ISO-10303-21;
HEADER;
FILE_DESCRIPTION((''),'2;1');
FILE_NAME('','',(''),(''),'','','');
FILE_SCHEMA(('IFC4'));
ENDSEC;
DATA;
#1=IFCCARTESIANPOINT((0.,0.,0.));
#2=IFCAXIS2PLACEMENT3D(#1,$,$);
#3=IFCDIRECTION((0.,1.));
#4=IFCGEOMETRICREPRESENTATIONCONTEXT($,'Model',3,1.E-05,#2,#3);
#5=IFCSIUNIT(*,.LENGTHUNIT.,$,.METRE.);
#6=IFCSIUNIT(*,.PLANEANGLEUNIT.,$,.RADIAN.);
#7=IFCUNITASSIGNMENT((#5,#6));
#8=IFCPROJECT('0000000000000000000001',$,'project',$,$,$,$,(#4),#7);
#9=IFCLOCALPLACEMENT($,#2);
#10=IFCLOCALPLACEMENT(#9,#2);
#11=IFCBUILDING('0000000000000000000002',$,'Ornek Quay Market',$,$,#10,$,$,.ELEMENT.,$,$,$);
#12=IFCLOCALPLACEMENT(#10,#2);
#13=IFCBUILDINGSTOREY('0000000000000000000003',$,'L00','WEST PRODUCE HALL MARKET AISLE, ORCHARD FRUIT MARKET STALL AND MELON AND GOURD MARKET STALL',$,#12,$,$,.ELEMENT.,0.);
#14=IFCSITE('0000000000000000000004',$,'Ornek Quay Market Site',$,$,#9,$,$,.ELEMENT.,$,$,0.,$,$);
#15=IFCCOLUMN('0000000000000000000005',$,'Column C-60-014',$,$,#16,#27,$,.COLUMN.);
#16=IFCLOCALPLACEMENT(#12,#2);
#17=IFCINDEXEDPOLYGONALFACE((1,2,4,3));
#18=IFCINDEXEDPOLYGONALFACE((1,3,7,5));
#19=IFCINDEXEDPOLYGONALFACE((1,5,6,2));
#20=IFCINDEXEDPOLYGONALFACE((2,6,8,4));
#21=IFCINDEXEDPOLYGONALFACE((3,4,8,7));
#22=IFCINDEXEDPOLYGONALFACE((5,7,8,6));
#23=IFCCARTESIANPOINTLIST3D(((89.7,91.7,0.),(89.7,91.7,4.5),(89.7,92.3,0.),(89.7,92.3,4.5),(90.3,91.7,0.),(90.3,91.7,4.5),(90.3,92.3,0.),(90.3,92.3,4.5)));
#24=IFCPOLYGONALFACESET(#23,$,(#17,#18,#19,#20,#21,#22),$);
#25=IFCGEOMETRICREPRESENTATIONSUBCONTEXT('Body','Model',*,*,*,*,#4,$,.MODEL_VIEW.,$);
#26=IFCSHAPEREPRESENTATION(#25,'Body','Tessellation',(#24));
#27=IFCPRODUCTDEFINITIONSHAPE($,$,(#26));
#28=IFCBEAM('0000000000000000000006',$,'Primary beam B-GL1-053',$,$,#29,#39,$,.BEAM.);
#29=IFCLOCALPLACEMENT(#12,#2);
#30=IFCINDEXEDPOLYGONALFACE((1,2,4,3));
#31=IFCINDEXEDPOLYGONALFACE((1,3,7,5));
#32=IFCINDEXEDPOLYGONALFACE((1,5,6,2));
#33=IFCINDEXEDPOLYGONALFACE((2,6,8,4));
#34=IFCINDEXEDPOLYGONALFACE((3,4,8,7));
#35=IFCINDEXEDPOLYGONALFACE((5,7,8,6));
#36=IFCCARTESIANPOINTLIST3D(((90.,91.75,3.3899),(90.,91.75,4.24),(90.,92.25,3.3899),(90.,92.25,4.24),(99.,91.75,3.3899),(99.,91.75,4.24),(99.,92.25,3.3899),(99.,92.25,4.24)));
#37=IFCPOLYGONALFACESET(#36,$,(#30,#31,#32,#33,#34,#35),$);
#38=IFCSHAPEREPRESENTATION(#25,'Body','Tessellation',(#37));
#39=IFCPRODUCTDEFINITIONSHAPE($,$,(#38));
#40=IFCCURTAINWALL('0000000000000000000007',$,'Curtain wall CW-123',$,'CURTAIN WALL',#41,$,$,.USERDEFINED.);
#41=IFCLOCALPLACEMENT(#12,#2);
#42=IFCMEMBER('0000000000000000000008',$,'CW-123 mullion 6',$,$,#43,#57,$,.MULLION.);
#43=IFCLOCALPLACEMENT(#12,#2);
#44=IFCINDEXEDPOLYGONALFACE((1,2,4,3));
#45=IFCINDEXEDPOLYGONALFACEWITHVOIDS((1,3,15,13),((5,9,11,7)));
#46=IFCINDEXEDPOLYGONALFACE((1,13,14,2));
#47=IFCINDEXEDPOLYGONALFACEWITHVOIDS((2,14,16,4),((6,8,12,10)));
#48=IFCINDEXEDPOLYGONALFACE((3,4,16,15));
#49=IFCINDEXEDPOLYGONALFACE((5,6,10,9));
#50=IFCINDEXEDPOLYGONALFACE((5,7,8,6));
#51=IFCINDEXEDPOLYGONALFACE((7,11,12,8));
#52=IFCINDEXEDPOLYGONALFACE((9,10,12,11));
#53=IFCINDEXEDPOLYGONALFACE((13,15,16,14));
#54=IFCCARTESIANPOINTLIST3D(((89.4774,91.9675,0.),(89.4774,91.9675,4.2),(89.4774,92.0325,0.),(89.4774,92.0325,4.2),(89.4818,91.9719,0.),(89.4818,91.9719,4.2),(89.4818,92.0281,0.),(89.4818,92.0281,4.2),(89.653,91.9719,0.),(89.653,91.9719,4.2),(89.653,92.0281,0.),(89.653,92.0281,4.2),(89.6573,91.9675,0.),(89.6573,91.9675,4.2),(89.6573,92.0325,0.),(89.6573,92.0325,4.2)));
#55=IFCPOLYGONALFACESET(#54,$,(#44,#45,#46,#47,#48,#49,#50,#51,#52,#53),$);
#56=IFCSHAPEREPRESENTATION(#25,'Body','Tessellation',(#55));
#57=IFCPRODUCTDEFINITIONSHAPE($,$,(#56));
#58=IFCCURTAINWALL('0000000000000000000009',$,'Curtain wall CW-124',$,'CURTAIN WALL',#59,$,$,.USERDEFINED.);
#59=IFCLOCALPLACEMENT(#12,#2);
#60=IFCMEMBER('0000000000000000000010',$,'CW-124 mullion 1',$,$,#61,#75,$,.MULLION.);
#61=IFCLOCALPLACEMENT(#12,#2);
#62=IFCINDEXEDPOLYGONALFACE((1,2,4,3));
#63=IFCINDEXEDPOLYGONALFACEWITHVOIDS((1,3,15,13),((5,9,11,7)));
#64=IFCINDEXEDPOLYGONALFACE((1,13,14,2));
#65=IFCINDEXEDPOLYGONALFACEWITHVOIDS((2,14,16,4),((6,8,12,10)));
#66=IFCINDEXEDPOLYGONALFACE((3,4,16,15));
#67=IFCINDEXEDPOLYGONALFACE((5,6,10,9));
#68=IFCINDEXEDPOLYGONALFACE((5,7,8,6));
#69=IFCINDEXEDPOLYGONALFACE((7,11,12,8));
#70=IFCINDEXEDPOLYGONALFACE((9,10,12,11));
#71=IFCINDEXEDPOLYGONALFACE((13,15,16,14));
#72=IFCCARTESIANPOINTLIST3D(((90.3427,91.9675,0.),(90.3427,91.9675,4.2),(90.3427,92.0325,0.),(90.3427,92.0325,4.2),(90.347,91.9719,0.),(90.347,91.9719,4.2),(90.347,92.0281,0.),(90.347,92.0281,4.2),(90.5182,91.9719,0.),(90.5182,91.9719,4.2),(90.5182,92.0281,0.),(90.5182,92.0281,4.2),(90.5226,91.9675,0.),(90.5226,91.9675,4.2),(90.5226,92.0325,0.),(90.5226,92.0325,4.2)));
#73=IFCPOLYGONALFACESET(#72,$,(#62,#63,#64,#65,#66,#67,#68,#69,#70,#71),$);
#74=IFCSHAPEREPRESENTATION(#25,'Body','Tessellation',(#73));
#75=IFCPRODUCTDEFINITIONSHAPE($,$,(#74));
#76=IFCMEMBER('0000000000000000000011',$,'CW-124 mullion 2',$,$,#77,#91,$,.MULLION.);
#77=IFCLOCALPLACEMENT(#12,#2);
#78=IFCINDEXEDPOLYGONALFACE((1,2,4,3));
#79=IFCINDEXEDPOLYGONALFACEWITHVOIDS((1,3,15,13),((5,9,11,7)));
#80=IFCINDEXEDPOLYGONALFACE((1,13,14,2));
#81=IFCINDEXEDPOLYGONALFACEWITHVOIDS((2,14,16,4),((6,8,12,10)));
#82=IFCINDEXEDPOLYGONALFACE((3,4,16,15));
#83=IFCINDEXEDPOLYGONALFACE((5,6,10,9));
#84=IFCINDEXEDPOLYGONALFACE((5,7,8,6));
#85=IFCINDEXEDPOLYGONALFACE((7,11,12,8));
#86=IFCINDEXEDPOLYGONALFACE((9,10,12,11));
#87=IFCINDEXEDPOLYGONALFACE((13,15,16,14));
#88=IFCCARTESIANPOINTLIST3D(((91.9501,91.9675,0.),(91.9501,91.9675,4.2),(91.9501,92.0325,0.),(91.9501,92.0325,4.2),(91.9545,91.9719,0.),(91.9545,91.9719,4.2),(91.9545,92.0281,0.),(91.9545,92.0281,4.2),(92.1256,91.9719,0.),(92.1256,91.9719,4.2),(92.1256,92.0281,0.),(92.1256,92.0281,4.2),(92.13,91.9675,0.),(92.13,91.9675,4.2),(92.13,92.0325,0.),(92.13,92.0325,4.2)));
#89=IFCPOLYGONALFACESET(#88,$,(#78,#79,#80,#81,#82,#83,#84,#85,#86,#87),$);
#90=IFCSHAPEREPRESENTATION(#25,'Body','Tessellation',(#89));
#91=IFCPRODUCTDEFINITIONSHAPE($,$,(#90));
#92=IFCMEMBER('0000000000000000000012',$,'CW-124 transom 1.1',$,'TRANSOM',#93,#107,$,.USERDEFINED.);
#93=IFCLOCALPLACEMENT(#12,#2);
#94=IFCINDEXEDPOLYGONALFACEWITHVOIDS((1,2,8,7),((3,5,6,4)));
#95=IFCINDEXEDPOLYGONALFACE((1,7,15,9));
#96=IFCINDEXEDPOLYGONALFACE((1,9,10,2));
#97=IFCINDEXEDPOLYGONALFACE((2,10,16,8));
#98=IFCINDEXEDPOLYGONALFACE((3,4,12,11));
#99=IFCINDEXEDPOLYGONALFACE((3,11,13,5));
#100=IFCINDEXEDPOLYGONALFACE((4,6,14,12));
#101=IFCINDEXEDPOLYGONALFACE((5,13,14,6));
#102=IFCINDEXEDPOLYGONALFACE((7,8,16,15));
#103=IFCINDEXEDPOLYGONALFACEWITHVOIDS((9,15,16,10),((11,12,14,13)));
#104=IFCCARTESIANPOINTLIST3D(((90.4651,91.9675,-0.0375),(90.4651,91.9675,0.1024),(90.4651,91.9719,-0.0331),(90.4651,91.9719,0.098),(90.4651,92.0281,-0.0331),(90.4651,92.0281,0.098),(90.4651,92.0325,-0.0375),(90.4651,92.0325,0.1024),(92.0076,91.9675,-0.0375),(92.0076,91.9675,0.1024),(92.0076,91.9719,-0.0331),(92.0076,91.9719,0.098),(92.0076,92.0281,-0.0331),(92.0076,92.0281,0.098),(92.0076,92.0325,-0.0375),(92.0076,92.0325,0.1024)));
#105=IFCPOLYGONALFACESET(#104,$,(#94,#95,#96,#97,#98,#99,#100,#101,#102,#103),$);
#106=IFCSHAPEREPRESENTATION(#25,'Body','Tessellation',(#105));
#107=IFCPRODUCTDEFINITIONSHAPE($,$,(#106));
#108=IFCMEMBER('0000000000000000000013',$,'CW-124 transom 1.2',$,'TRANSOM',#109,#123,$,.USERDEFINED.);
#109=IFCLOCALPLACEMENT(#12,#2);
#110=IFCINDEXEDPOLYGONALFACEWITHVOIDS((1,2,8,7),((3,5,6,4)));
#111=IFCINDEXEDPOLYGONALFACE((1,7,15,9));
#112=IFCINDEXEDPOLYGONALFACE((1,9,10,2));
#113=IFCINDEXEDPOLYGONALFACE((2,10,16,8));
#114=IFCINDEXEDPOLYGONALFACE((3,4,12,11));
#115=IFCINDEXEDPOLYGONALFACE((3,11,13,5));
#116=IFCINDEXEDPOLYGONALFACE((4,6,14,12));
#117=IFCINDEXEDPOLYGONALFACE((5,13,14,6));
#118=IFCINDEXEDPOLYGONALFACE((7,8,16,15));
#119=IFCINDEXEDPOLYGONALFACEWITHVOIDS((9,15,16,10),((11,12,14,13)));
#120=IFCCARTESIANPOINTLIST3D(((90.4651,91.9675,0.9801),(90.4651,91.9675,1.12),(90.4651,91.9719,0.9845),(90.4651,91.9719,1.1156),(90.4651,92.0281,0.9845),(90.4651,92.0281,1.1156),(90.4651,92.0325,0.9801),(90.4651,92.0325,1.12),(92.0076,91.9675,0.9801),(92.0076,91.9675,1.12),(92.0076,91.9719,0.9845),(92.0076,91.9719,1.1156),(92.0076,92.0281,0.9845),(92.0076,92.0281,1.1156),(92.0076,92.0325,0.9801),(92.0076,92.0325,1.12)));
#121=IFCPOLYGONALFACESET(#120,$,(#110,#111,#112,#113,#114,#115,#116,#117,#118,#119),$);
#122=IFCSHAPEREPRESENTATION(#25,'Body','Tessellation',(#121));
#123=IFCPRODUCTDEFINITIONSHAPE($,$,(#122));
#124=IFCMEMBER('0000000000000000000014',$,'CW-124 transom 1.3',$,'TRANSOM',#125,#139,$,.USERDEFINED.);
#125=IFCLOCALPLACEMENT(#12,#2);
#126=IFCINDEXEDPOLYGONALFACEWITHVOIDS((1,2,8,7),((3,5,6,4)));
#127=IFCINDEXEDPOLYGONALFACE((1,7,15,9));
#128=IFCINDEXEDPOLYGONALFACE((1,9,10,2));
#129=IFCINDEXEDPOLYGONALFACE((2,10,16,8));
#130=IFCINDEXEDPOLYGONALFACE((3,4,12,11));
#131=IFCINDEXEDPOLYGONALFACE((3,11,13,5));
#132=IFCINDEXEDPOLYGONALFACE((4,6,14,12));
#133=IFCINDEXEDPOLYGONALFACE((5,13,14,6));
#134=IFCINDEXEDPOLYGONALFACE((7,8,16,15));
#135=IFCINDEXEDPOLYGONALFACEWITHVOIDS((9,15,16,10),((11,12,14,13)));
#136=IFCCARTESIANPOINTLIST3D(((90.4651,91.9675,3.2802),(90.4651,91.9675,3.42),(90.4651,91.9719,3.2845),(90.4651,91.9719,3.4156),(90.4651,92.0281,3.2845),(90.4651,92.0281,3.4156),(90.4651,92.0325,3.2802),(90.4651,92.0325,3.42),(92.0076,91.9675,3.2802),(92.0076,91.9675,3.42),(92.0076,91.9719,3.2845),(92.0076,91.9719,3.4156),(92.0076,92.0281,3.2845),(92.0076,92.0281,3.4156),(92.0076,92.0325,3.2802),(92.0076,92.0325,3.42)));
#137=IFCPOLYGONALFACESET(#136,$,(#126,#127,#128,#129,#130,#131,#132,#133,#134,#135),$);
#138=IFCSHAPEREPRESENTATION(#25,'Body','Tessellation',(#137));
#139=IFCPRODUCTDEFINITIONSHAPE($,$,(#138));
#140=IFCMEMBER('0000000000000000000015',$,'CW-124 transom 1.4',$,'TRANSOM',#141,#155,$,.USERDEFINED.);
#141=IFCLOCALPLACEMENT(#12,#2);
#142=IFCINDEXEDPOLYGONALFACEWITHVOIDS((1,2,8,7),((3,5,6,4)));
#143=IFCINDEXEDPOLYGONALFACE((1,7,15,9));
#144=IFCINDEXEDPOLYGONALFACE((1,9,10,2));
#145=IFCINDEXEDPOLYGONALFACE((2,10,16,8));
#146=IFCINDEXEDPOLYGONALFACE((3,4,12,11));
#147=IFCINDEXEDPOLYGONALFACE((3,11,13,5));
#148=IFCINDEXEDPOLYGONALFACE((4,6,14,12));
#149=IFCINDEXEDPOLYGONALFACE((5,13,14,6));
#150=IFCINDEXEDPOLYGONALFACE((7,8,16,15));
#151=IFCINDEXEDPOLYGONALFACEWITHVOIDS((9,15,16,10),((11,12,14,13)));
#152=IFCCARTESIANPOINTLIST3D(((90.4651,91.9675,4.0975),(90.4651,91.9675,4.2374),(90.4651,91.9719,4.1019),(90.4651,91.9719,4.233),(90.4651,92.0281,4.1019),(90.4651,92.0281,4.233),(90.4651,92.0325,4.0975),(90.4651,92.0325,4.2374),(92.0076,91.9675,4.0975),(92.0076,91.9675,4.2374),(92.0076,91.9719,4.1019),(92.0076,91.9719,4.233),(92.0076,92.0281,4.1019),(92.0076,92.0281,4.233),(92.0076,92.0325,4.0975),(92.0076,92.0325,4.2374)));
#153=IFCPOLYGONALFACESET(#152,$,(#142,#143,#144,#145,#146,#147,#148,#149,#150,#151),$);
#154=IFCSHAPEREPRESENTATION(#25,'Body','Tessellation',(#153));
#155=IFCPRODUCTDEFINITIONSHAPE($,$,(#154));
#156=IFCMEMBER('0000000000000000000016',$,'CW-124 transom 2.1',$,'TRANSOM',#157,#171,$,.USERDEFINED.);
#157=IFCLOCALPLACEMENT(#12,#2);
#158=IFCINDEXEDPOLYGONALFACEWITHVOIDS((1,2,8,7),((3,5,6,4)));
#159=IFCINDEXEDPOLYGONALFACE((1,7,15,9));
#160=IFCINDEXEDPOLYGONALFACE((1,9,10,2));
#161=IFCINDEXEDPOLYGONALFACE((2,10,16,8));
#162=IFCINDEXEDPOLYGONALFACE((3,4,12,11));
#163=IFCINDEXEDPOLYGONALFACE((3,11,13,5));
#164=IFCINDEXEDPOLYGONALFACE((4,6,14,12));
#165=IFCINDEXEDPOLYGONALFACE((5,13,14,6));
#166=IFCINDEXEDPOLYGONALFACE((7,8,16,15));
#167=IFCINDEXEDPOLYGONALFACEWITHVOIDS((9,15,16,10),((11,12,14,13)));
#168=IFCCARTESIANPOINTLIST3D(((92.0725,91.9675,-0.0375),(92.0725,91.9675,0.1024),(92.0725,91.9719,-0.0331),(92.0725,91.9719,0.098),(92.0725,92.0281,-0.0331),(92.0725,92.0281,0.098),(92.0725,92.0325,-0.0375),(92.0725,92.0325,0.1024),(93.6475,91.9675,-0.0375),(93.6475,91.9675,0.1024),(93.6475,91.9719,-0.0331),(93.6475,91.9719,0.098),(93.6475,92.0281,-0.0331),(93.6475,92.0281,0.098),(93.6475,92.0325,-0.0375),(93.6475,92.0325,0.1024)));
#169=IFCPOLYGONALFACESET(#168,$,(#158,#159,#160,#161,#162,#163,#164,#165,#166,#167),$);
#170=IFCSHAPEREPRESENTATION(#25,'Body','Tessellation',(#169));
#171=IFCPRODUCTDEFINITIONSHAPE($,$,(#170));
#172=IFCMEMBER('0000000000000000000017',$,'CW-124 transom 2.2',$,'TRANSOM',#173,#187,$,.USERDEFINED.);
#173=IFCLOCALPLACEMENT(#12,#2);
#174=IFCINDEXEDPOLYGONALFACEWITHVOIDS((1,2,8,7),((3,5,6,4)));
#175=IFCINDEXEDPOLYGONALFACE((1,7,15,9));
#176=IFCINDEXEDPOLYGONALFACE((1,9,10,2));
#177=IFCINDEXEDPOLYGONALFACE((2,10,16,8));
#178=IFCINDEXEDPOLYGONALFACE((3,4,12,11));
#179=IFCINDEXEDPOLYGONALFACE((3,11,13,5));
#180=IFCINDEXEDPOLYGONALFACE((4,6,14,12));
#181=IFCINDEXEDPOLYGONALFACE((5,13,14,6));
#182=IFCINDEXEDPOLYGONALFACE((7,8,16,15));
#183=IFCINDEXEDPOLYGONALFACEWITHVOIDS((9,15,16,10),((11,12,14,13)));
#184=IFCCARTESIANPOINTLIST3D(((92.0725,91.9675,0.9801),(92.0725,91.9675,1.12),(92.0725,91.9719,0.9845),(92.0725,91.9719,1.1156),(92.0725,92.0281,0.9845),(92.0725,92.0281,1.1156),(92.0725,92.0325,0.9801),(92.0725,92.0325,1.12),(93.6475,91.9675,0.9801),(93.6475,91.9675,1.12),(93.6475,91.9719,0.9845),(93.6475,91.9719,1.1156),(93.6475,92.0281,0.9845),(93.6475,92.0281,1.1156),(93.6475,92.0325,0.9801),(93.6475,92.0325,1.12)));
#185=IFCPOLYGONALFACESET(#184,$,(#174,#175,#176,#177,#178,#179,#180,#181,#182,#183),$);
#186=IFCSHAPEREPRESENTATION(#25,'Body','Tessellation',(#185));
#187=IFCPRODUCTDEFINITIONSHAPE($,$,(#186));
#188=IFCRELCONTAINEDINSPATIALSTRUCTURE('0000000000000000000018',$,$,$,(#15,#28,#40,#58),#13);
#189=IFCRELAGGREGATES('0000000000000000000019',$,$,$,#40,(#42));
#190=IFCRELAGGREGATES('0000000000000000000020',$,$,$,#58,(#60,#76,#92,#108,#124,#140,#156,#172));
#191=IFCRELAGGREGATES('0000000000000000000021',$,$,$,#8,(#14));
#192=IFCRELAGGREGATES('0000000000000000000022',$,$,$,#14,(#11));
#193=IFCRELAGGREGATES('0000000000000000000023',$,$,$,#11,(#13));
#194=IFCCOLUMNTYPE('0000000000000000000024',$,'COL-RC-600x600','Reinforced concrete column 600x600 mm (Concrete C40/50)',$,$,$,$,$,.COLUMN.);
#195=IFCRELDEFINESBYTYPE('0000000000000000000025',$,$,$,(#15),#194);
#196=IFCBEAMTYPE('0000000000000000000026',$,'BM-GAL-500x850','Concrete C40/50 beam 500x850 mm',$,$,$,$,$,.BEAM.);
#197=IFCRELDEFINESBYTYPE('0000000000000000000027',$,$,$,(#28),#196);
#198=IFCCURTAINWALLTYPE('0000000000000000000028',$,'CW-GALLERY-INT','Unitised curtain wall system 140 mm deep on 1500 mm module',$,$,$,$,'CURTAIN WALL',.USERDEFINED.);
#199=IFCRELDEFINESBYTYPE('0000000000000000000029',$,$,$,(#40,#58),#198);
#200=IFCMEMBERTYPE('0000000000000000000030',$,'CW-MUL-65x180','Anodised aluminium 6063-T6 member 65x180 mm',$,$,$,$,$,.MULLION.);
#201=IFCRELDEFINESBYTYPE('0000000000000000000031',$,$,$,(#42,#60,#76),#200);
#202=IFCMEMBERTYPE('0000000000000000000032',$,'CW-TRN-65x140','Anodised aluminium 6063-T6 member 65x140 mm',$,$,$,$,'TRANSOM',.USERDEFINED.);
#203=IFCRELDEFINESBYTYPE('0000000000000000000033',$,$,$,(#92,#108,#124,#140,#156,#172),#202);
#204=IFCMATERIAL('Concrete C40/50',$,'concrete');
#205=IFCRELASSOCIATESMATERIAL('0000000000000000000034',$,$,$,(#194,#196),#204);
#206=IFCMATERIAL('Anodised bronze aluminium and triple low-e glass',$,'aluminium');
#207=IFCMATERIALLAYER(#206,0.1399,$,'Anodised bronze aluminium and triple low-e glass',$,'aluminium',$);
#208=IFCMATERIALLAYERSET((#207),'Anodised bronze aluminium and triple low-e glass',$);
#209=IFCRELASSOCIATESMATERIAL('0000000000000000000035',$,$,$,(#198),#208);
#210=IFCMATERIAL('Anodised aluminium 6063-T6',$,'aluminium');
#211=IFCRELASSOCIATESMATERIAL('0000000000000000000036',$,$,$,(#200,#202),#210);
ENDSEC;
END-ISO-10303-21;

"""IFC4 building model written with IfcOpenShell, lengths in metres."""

from ifc_helpers import new_model, si_unit, direction, frame, origin, origin_2d, place, context, subcontext, project, spatial, rectangle, hollow_rectangle, extrude, material, layer, layer_set, material_profile, profile_set, type_object, element, aggregate, save


model = new_model("IFC4")

# Units and contexts
model_context = context("Model", 3, precision=1e-05, world=origin(), true_north=direction((0.0, 1.0)))
body_context = subcontext(model_context, "Body", "Model", "MODEL_VIEW")
ifc_project = project(units=[si_unit("LENGTHUNIT", "METRE"), si_unit("PLANEANGLEUNIT", "RADIAN")], contexts=[model_context])

# Site, building, storey
site_placement = place(None, origin())
site = spatial("IfcSite", under=ifc_project, at=site_placement, Name="Ornek Quay Market Site", CompositionType="ELEMENT", RefElevation=0.0)
building_placement = place(site_placement, origin())
building = spatial("IfcBuilding", under=site, at=building_placement, Name="Ornek Quay Market", CompositionType="ELEMENT")
storey_placement = place(building_placement, origin())
storey = spatial("IfcBuildingStorey", under=building, at=storey_placement, Name="L00", Description="WEST PRODUCE HALL MARKET AISLE, ORCHARD FRUIT MARKET STALL AND MELON AND GOURD MARKET STALL", CompositionType="ELEMENT", Elevation=0.0)

# Column
ifc_material_1 = material(Name="Concrete C40/50", Category="concrete")
ifc_material_profile_1 = material_profile(ifc_material_1, rectangle(XDim=0.6001, YDim=0.6001, at=origin_2d()), Name="RC 600x600", Category="concrete")
ifc_profile_set_1 = profile_set([ifc_material_profile_1], Name="Concrete C40/50")
column_type = type_object("IfcColumnType", Name="COL-RC-600x600", Description="Reinforced concrete column 600x600 mm (Concrete C40/50)", PredefinedType="COLUMN", material=ifc_profile_set_1)
column_placement = place(storey_placement, frame((90.0, 92.0, 0.0), z_axis=(0.0, 0.0, 1.0), x_axis=(1.0, 0.0, 0.0)))
element("IfcColumn", 1, at=column_placement, inside=storey, type_object=column_type, Name="Column C-60-014", PredefinedType="COLUMN", context=body_context, shape_type="SweptSolid", body=[
    extrude(rectangle(XDim=0.6001, YDim=0.6001, at=origin_2d()), origin(), (0.0, 0.0, 1.0), 4.5),
])

# Beam
ifc_material_profile_2 = material_profile(ifc_material_1, rectangle(XDim=0.5, YDim=0.8501, at=origin_2d()), Name="RC 500x850", Category="concrete")
ifc_profile_set_2 = profile_set([ifc_material_profile_2], Name="Concrete C40/50")
beam_type = type_object("IfcBeamType", Name="BM-GAL-500x850", Description="Concrete C40/50 beam 500x850 mm", PredefinedType="BEAM", material=ifc_profile_set_2)
beam_placement = place(storey_placement, frame((90.0, 92.0, 3.8149), z_axis=(1.0, 0.0, 0.0), x_axis=(0.0, 1.0, 0.0)))
element("IfcBeam", 2, at=beam_placement, inside=storey, type_object=beam_type, Name="Primary beam B-GL1-053", PredefinedType="BEAM", context=body_context, shape_type="SweptSolid", body=[
    extrude(rectangle(XDim=0.5, YDim=0.8501, at=origin_2d()), origin(), (0.0, 0.0, 1.0), 9.0),
])

# Curtain wall, member
ifc_material_2 = material(Name="Anodised bronze aluminium and triple low-e glass", Category="aluminium")
ifc_layer_1 = layer(ifc_material_2, 0.1399, Name="Anodised bronze aluminium and triple low-e glass", Category="aluminium")
ifc_layer_set_1 = layer_set([ifc_layer_1], Name="Anodised bronze aluminium and triple low-e glass")
curtain_wall_type = type_object("IfcCurtainWallType", Name="CW-GALLERY-INT", Description="Unitised curtain wall system 140 mm deep on 1500 mm module", ElementType="CURTAIN WALL", PredefinedType="USERDEFINED", material=ifc_layer_set_1)
curtain_wall_1_placement = place(storey_placement, origin())
curtain_wall_1 = element("IfcCurtainWall", 3, at=curtain_wall_1_placement, inside=storey, type_object=curtain_wall_type, Name="Curtain wall CW-123", ObjectType="CURTAIN WALL", PredefinedType="USERDEFINED")
ifc_material_3 = material(Name="Anodised aluminium 6063-T6", Category="aluminium")
ifc_material_profile_3 = material_profile(ifc_material_3, hollow_rectangle(XDim=0.0649, YDim=0.1799, WallThickness=0.0044, at=origin_2d()), Name="CW-MUL-65x180", Category="aluminium")
ifc_profile_set_3 = profile_set([ifc_material_profile_3], Name="Anodised aluminium 6063-T6")
member_type_1 = type_object("IfcMemberType", Name="CW-MUL-65x180", Description="Anodised aluminium 6063-T6 member 65x180 mm", PredefinedType="MULLION", material=ifc_profile_set_3)
member_1_placement = place(storey_placement, frame((89.5674, 92.0, 0.0), z_axis=(0.0, 0.0, 1.0), x_axis=(0.0, 1.0, 0.0)))
member_1 = element("IfcMember", 4, at=member_1_placement, type_object=member_type_1, Name="CW-123 mullion 6", PredefinedType="MULLION", context=body_context, shape_type="SweptSolid", body=[
    extrude(hollow_rectangle(XDim=0.0649, YDim=0.1799, WallThickness=0.0044, at=origin_2d()), origin(), (0.0, 0.0, 1.0), 4.2),
])

# Curtain wall, members
curtain_wall_2_placement = place(storey_placement, origin())
curtain_wall_2 = element("IfcCurtainWall", 5, at=curtain_wall_2_placement, inside=storey, type_object=curtain_wall_type, Name="Curtain wall CW-124", ObjectType="CURTAIN WALL", PredefinedType="USERDEFINED")
member_2_placement = place(storey_placement, frame((90.4326, 92.0, 0.0), z_axis=(0.0, 0.0, 1.0), x_axis=(0.0, 1.0, 0.0)))
member_2 = element("IfcMember", 6, at=member_2_placement, type_object=member_type_1, Name="CW-124 mullion 1", PredefinedType="MULLION", context=body_context, shape_type="SweptSolid", body=[
    extrude(hollow_rectangle(XDim=0.0649, YDim=0.1799, WallThickness=0.0044, at=origin_2d()), origin(), (0.0, 0.0, 1.0), 4.2),
])
member_3_placement = place(storey_placement, frame((92.04, 92.0, 0.0), z_axis=(0.0, 0.0, 1.0), x_axis=(0.0, 1.0, 0.0)))
member_3 = element("IfcMember", 7, at=member_3_placement, type_object=member_type_1, Name="CW-124 mullion 2", PredefinedType="MULLION", context=body_context, shape_type="SweptSolid", body=[
    extrude(hollow_rectangle(XDim=0.0649, YDim=0.1799, WallThickness=0.0044, at=origin_2d()), origin(), (0.0, 0.0, 1.0), 4.2),
])
ifc_material_profile_4 = material_profile(ifc_material_3, hollow_rectangle(XDim=0.0649, YDim=0.1399, WallThickness=0.0044, at=origin_2d()), Name="CW-TRN-65x140", Category="aluminium")
ifc_profile_set_4 = profile_set([ifc_material_profile_4], Name="Anodised aluminium 6063-T6")
member_type_2 = type_object("IfcMemberType", Name="CW-TRN-65x140", Description="Anodised aluminium 6063-T6 member 65x140 mm", ElementType="TRANSOM", PredefinedType="USERDEFINED", material=ifc_profile_set_4)
member_4_placement = place(storey_placement, frame((90.4651, 92.0, 0.0325), z_axis=(1.0, 0.0, 0.0), x_axis=(0.0, 1.0, 0.0)))
member_4 = element("IfcMember", 8, at=member_4_placement, type_object=member_type_2, Name="CW-124 transom 1.1", ObjectType="TRANSOM", PredefinedType="USERDEFINED", context=body_context, shape_type="SweptSolid", body=[
    extrude(hollow_rectangle(XDim=0.0649, YDim=0.1399, WallThickness=0.0044, at=origin_2d()), origin(), (0.0, 0.0, 1.0), 1.5425),
])
member_5_placement = place(storey_placement, frame((90.4651, 92.0, 1.05), z_axis=(1.0, 0.0, 0.0), x_axis=(0.0, 1.0, 0.0)))
member_5 = element("IfcMember", 9, at=member_5_placement, type_object=member_type_2, Name="CW-124 transom 1.2", ObjectType="TRANSOM", PredefinedType="USERDEFINED", context=body_context, shape_type="SweptSolid", body=[
    extrude(hollow_rectangle(XDim=0.0649, YDim=0.1399, WallThickness=0.0044, at=origin_2d()), origin(), (0.0, 0.0, 1.0), 1.5425),
])
member_6_placement = place(storey_placement, frame((90.4651, 92.0, 3.3501), z_axis=(1.0, 0.0, 0.0), x_axis=(0.0, 1.0, 0.0)))
member_6 = element("IfcMember", 10, at=member_6_placement, type_object=member_type_2, Name="CW-124 transom 1.3", ObjectType="TRANSOM", PredefinedType="USERDEFINED", context=body_context, shape_type="SweptSolid", body=[
    extrude(hollow_rectangle(XDim=0.0649, YDim=0.1399, WallThickness=0.0044, at=origin_2d()), origin(), (0.0, 0.0, 1.0), 1.5425),
])
member_7_placement = place(storey_placement, frame((90.4651, 92.0, 4.1675), z_axis=(1.0, 0.0, 0.0), x_axis=(0.0, 1.0, 0.0)))
member_7 = element("IfcMember", 11, at=member_7_placement, type_object=member_type_2, Name="CW-124 transom 1.4", ObjectType="TRANSOM", PredefinedType="USERDEFINED", context=body_context, shape_type="SweptSolid", body=[
    extrude(hollow_rectangle(XDim=0.0649, YDim=0.1399, WallThickness=0.0044, at=origin_2d()), origin(), (0.0, 0.0, 1.0), 1.5425),
])
member_8_placement = place(storey_placement, frame((92.0725, 92.0, 0.0325), z_axis=(1.0, 0.0, 0.0), x_axis=(0.0, 1.0, 0.0)))
member_8 = element("IfcMember", 12, at=member_8_placement, type_object=member_type_2, Name="CW-124 transom 2.1", ObjectType="TRANSOM", PredefinedType="USERDEFINED", context=body_context, shape_type="SweptSolid", body=[
    extrude(hollow_rectangle(XDim=0.0649, YDim=0.1399, WallThickness=0.0044, at=origin_2d()), origin(), (0.0, 0.0, 1.0), 1.575),
])
member_9_placement = place(storey_placement, frame((92.0725, 92.0, 1.05), z_axis=(1.0, 0.0, 0.0), x_axis=(0.0, 1.0, 0.0)))
member_9 = element("IfcMember", 13, at=member_9_placement, type_object=member_type_2, Name="CW-124 transom 2.2", ObjectType="TRANSOM", PredefinedType="USERDEFINED", context=body_context, shape_type="SweptSolid", body=[
    extrude(hollow_rectangle(XDim=0.0649, YDim=0.1399, WallThickness=0.0044, at=origin_2d()), origin(), (0.0, 0.0, 1.0), 1.575),
])

aggregate(curtain_wall_1, [member_1])
aggregate(curtain_wall_2, [member_2, member_3, member_4, member_5, member_6, member_7, member_8, member_9])

save(model, "model.ifc")
